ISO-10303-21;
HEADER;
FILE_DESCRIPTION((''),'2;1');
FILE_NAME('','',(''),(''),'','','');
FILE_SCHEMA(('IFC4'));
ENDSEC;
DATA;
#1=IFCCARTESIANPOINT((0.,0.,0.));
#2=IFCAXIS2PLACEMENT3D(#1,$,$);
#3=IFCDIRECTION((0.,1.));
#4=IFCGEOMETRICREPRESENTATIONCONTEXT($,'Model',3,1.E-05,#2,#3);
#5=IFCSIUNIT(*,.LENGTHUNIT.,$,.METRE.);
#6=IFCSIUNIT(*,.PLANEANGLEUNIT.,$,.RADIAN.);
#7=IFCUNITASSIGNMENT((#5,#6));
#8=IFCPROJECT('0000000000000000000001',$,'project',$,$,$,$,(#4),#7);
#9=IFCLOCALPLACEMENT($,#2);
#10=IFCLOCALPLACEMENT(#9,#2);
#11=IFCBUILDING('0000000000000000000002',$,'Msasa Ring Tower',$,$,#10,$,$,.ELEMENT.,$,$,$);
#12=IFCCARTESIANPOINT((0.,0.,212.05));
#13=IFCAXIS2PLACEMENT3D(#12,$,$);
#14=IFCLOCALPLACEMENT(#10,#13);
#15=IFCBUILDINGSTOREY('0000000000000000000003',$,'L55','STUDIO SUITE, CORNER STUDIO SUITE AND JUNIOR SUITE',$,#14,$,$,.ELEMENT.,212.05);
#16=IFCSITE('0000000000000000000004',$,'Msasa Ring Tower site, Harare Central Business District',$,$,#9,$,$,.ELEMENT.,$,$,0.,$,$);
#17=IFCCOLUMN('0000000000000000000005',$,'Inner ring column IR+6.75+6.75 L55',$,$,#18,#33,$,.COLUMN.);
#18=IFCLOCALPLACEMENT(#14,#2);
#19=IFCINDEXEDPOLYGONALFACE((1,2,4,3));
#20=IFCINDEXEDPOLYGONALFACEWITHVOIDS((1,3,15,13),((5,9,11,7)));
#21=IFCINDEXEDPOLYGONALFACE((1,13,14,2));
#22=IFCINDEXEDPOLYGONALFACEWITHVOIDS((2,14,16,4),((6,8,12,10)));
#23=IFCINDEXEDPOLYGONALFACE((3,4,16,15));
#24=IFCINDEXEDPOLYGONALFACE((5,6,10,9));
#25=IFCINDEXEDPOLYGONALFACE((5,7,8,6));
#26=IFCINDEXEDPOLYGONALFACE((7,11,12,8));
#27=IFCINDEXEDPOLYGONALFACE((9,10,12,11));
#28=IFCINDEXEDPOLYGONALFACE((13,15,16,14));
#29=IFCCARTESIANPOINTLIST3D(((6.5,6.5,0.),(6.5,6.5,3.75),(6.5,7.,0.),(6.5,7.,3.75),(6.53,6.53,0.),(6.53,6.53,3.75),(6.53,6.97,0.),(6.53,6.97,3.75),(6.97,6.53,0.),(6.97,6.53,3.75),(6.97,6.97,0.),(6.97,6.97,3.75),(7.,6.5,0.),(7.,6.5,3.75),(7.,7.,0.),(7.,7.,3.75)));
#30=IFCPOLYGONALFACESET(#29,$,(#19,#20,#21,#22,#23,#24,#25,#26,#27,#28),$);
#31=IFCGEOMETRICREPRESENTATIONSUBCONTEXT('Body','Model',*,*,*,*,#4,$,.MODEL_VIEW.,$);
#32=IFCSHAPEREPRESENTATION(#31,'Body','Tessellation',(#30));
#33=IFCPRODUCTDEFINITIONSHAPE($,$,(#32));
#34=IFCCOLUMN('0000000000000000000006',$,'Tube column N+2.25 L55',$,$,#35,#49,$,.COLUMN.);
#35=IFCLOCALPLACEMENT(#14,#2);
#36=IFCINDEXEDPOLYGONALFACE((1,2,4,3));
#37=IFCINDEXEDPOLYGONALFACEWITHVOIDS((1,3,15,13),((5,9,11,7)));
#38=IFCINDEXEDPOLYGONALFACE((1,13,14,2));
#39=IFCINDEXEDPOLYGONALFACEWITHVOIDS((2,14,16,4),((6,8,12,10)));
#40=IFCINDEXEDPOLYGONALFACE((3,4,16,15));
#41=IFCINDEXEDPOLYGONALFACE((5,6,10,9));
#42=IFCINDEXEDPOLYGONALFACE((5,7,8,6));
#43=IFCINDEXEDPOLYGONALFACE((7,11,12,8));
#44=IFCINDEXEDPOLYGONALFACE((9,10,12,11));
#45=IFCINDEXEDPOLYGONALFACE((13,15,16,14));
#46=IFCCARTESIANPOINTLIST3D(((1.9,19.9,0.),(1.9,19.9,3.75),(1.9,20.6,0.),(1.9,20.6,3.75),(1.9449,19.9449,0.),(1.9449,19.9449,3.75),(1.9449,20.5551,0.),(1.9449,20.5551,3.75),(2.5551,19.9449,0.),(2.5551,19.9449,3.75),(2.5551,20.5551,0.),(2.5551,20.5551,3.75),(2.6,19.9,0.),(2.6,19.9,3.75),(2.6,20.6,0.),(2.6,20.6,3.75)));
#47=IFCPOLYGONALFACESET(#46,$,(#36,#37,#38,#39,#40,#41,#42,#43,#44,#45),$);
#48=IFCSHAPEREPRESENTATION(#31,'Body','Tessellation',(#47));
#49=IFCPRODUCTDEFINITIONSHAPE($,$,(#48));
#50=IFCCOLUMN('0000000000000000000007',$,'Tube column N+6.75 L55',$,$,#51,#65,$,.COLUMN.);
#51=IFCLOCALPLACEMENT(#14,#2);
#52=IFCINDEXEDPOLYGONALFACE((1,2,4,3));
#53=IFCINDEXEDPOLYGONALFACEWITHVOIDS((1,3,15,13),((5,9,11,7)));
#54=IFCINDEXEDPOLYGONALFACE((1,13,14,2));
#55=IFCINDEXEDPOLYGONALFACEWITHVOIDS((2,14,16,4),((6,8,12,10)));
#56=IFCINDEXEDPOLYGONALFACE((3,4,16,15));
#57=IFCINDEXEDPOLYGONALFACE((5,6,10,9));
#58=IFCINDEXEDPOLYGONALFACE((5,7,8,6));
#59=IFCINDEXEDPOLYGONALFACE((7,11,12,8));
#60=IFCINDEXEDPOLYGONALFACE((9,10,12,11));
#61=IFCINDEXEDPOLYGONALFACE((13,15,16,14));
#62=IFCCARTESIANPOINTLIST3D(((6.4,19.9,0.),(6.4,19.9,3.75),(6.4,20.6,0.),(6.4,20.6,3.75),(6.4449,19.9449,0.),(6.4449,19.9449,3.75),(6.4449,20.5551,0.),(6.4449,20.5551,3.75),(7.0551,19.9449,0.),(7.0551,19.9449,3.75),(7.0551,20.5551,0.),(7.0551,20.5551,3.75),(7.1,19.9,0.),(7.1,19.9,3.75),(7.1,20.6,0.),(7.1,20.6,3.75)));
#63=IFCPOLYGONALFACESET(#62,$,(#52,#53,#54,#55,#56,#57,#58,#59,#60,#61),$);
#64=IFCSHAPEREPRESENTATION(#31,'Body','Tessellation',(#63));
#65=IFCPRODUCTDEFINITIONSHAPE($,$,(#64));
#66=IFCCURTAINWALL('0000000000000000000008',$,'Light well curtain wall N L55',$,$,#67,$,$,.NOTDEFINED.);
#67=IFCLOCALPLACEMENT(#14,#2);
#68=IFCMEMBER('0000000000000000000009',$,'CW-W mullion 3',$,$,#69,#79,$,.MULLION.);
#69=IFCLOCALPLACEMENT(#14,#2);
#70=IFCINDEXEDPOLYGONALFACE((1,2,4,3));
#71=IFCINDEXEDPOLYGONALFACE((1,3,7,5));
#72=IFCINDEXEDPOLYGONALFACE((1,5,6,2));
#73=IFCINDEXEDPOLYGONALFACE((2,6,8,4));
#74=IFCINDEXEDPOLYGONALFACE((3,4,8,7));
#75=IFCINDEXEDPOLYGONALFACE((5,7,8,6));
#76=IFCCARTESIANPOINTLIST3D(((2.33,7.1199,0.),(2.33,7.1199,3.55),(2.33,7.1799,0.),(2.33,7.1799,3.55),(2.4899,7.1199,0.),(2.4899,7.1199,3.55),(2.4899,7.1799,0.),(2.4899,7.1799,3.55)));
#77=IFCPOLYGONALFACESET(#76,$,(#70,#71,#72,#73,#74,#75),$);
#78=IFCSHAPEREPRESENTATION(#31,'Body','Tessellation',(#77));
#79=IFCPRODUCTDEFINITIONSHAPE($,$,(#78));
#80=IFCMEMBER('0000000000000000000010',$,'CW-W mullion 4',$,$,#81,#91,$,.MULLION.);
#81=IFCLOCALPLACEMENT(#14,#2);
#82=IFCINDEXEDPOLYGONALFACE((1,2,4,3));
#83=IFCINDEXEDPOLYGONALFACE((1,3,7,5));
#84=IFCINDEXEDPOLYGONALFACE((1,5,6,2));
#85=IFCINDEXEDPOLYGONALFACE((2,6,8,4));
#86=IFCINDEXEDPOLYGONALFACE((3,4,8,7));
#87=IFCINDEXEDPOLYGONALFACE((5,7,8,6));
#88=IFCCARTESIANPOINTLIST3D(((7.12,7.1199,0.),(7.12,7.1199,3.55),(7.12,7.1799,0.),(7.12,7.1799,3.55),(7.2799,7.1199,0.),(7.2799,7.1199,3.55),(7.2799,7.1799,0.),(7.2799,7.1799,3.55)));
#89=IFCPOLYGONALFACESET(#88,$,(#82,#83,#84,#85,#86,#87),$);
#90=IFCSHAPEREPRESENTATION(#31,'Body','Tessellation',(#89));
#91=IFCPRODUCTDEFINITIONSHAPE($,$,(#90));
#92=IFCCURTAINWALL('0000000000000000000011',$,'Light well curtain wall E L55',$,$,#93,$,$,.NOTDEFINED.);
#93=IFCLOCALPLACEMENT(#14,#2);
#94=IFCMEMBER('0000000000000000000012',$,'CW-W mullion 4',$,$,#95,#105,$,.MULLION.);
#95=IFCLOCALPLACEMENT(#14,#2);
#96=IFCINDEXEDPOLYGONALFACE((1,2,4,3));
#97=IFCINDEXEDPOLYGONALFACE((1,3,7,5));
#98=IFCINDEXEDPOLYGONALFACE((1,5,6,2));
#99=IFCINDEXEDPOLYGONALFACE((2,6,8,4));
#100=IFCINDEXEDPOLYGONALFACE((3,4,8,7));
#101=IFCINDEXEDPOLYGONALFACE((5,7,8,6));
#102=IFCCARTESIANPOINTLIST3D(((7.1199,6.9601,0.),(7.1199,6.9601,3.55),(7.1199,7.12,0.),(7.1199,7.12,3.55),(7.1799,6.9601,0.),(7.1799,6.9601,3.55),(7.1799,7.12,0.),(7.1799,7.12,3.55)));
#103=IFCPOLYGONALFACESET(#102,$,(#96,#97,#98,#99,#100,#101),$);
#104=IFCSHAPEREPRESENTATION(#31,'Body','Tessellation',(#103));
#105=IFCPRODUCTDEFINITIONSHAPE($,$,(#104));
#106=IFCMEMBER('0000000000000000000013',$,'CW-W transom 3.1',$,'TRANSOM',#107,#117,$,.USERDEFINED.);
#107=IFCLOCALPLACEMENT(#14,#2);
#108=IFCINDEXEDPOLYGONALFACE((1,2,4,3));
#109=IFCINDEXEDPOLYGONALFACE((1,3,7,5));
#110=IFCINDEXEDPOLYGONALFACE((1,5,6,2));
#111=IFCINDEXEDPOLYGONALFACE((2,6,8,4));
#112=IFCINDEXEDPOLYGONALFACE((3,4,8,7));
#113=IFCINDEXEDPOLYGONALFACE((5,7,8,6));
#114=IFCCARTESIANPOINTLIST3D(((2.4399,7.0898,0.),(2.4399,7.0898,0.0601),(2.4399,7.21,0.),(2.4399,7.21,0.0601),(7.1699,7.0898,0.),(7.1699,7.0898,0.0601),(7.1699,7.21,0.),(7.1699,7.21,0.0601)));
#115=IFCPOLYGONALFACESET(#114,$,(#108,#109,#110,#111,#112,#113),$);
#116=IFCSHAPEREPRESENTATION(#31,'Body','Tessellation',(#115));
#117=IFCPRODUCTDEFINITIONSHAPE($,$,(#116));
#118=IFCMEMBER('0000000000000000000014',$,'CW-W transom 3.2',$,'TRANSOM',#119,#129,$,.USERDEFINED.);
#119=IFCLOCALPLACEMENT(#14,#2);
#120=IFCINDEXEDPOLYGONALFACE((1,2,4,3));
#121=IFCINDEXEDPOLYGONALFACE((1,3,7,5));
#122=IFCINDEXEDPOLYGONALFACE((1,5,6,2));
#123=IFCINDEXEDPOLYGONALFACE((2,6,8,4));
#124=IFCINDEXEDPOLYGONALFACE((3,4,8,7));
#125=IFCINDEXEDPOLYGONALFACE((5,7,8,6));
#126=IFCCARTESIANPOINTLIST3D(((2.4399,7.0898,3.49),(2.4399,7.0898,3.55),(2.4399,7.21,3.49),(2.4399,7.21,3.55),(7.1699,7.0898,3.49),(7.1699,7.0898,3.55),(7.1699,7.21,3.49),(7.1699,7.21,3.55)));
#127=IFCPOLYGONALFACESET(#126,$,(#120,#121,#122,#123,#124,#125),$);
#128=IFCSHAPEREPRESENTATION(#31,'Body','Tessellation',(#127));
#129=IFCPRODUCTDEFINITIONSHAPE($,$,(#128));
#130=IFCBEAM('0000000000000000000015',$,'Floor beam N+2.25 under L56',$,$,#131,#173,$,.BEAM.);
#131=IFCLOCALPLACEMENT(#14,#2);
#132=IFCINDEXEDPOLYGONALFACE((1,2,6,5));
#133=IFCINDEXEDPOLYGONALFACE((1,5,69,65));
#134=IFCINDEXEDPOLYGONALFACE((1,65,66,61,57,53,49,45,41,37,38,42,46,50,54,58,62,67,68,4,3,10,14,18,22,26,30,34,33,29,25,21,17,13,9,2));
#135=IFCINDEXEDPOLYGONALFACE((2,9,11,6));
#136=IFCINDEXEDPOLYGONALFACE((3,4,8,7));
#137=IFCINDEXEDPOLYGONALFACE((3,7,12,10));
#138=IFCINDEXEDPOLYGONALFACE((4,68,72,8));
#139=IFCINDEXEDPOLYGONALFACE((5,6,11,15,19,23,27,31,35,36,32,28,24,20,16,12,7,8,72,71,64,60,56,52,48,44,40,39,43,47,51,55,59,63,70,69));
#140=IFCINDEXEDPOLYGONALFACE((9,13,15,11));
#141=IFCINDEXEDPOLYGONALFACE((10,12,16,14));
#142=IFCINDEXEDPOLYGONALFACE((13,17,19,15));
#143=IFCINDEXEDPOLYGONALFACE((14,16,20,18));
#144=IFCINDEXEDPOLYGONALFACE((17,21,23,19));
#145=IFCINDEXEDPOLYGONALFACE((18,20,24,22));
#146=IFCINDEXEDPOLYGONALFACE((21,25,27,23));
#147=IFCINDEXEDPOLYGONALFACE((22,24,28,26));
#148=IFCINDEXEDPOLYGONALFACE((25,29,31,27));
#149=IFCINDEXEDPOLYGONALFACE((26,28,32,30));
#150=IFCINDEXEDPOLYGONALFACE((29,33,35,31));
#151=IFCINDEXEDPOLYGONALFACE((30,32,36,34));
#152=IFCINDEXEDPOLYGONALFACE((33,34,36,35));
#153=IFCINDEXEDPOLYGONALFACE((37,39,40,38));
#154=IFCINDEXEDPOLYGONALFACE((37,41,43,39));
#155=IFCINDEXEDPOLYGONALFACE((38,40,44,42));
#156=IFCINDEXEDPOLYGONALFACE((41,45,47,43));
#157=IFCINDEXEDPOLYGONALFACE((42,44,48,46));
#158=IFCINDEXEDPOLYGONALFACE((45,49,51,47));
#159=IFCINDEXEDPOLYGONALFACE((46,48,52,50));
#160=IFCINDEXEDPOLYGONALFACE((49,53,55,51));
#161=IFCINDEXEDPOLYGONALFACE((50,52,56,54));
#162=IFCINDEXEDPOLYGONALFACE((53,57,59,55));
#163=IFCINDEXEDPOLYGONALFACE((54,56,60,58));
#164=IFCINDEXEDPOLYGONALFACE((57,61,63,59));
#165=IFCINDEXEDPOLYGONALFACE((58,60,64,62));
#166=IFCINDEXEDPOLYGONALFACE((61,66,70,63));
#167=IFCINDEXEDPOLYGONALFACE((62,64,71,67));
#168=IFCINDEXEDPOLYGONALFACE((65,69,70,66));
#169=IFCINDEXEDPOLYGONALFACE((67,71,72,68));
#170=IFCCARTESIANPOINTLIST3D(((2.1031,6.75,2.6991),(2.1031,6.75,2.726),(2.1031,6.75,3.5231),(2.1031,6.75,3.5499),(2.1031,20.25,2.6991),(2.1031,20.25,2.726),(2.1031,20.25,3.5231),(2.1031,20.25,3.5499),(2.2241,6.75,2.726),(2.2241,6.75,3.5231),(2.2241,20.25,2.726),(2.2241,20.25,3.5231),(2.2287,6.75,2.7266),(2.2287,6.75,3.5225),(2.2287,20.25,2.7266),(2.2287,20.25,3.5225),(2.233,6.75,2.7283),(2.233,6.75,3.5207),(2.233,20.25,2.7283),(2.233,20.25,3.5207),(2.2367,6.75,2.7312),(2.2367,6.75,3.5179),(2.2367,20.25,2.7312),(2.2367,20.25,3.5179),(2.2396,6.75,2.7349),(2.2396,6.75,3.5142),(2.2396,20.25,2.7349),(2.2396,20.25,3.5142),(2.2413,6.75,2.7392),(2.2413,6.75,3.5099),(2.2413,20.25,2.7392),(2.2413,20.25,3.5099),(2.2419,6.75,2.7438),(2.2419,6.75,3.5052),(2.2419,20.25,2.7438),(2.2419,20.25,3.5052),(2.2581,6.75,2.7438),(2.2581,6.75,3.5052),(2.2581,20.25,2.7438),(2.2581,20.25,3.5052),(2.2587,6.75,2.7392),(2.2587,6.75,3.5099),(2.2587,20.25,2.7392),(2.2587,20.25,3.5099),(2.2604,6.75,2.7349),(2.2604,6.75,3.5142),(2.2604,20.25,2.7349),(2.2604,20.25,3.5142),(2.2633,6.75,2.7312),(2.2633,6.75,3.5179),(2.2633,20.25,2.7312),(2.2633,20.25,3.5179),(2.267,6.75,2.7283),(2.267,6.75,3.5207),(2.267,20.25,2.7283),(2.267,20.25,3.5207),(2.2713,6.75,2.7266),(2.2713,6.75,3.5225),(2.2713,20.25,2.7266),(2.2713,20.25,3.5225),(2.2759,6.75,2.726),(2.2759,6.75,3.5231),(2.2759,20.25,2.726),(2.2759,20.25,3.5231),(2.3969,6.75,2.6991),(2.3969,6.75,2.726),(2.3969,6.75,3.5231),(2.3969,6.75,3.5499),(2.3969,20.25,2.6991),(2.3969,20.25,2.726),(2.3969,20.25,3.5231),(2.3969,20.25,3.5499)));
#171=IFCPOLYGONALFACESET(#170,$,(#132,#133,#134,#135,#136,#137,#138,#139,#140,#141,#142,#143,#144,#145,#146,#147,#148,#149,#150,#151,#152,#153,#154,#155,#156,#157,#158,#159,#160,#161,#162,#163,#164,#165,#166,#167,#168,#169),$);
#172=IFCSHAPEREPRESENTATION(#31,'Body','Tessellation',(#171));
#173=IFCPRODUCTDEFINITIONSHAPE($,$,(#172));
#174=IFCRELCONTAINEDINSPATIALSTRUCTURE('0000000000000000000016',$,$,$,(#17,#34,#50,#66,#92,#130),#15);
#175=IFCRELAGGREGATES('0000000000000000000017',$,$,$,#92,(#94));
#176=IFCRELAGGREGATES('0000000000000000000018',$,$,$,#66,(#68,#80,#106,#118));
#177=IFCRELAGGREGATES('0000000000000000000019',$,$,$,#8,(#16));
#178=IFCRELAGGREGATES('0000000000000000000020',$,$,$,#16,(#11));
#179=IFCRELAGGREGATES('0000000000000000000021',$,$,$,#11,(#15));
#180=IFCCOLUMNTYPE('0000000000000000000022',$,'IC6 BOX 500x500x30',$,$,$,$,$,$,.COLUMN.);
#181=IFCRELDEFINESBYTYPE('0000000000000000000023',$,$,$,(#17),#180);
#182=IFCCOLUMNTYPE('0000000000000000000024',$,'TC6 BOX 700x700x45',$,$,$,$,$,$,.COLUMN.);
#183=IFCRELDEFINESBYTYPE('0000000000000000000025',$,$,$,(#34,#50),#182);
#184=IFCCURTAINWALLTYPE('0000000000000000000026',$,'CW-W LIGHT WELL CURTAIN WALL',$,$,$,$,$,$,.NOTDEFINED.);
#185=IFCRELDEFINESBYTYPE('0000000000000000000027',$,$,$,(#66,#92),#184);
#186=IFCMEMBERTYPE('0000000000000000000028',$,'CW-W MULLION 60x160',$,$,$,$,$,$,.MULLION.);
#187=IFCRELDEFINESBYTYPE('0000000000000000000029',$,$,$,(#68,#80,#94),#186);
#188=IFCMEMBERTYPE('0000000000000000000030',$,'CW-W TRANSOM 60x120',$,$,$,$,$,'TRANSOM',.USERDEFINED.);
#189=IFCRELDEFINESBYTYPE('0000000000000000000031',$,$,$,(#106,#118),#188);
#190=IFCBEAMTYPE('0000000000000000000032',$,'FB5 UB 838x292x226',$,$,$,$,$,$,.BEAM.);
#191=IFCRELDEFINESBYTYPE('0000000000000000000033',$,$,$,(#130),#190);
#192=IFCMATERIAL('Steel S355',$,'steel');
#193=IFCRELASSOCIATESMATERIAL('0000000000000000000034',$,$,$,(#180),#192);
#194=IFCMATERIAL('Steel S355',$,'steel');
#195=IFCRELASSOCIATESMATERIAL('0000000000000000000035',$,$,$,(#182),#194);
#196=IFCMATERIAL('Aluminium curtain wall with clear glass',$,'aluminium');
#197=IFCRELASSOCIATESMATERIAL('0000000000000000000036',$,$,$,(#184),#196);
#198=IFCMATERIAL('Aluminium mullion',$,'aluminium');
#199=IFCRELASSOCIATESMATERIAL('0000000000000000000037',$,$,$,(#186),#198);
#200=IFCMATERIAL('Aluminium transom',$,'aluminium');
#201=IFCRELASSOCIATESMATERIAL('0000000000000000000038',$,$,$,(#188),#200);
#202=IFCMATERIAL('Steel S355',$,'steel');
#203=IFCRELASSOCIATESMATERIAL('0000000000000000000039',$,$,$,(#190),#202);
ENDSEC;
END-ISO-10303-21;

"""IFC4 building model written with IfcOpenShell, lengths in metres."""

from ifc_helpers import new_model, si_unit, direction, frame, origin, origin_2d, place, context, subcontext, project, spatial, rectangle, hollow_rectangle, i_section, extrude, material, material_profile, profile_set, type_object, element, aggregate, save


model = new_model("IFC4")

# Units and contexts
model_context = context("Model", 3, precision=1e-05, world=origin(), true_north=direction((0.0, 1.0)))
body_context = subcontext(model_context, "Body", "Model", "MODEL_VIEW")
ifc_project = project(units=[si_unit("LENGTHUNIT", "METRE"), si_unit("PLANEANGLEUNIT", "RADIAN")], contexts=[model_context])

# Site, building, storey
site_placement = place(None, origin())
site = spatial("IfcSite", under=ifc_project, at=site_placement, Name="Msasa Ring Tower site, Harare Central Business District", CompositionType="ELEMENT", RefElevation=0.0)
building_placement = place(site_placement, origin())
building = spatial("IfcBuilding", under=site, at=building_placement, Name="Msasa Ring Tower", CompositionType="ELEMENT")
storey_placement = place(building_placement, frame((0.0, 0.0, 212.05)))
storey = spatial("IfcBuildingStorey", under=building, at=storey_placement, Name="L55", Description="STUDIO SUITE, CORNER STUDIO SUITE AND JUNIOR SUITE", CompositionType="ELEMENT", Elevation=212.05)

# Columns
ifc_material_1 = material(Name="Steel S355", Category="steel")
ifc_material_profile_1 = material_profile(ifc_material_1, hollow_rectangle(XDim=0.5, YDim=0.5, WallThickness=0.03, at=origin_2d()), Name="BOX 500x500x30")
ifc_profile_set_1 = profile_set([ifc_material_profile_1], Name="Steel S355")
column_type_1 = type_object("IfcColumnType", Name="IC6 BOX 500x500x30", PredefinedType="COLUMN", material=ifc_profile_set_1)
column_placement = place(storey_placement, frame((6.75, 6.75, 0.0), z_axis=(0.0, 0.0, 1.0), x_axis=(1.0, 0.0, 0.0)))
element("IfcColumn", 1, at=column_placement, inside=storey, type_object=column_type_1, Name="Inner ring column IR+6.75+6.75 L55", PredefinedType="COLUMN", context=body_context, shape_type="SweptSolid", body=[
    extrude(hollow_rectangle(XDim=0.5, YDim=0.5, WallThickness=0.03, at=origin_2d()), origin(), (0.0, 0.0, 1.0), 3.75),
])
ifc_material_2 = material(Name="Steel S355", Category="steel")
ifc_material_profile_2 = material_profile(ifc_material_2, hollow_rectangle(XDim=0.7, YDim=0.7, WallThickness=0.0449, at=origin_2d()), Name="BOX 700x700x45")
ifc_profile_set_2 = profile_set([ifc_material_profile_2], Name="Steel S355")
column_type_2 = type_object("IfcColumnType", Name="TC6 BOX 700x700x45", PredefinedType="COLUMN", material=ifc_profile_set_2)
for number, where, z_axis, x_axis, name in (
    (2, (2.25, 20.25, 0.0), (0.0, 0.0, 1.0), (0.0, 1.0, 0.0), "Tube column N+2.25 L55"),
    (3, (6.75, 20.25, 0.0), (0.0, 0.0, 1.0), (0.0, 1.0, 0.0), "Tube column N+6.75 L55"),
):
    element("IfcColumn", number, at=place(storey_placement, frame(where, z_axis=z_axis, x_axis=x_axis)), inside=storey, type_object=column_type_2, Name=name, PredefinedType="COLUMN", context=body_context, shape_type="SweptSolid", body=[
        extrude(hollow_rectangle(XDim=0.7, YDim=0.7, WallThickness=0.0449, at=origin_2d()), origin(), (0.0, 0.0, 1.0), 3.75),
    ])

# Curtain wall, members
ifc_material_3 = material(Name="Aluminium curtain wall with clear glass", Category="aluminium")
curtain_wall_type = type_object("IfcCurtainWallType", Name="CW-W LIGHT WELL CURTAIN WALL", PredefinedType="NOTDEFINED", material=ifc_material_3)
curtain_wall_1_placement = place(storey_placement, origin())
curtain_wall_1 = element("IfcCurtainWall", 4, at=curtain_wall_1_placement, inside=storey, type_object=curtain_wall_type, Name="Light well curtain wall N L55", PredefinedType="NOTDEFINED")
ifc_material_4 = material(Name="Aluminium mullion", Category="aluminium")
ifc_material_profile_3 = material_profile(ifc_material_4, rectangle(XDim=0.0601, YDim=0.1599, at=origin_2d()), Name="AL 60x160")
ifc_profile_set_3 = profile_set([ifc_material_profile_3], Name="Aluminium mullion")
member_type_1 = type_object("IfcMemberType", Name="CW-W MULLION 60x160", PredefinedType="MULLION", material=ifc_profile_set_3)
member_1_placement = place(storey_placement, frame((2.4099, 7.1499, 0.0), z_axis=(0.0, 0.0, 1.0), x_axis=(0.0, 1.0, 0.0)))
member_1 = element("IfcMember", 5, at=member_1_placement, type_object=member_type_1, Name="CW-W mullion 3", PredefinedType="MULLION", context=body_context, shape_type="SweptSolid", body=[
    extrude(rectangle(XDim=0.0601, YDim=0.1599, at=origin_2d()), origin(), (0.0, 0.0, 1.0), 3.55),
])
member_2_placement = place(storey_placement, frame((7.2, 7.1499, 0.0), z_axis=(0.0, 0.0, 1.0), x_axis=(0.0, 1.0, 0.0)))
member_2 = element("IfcMember", 6, at=member_2_placement, type_object=member_type_1, Name="CW-W mullion 4", PredefinedType="MULLION", context=body_context, shape_type="SweptSolid", body=[
    extrude(rectangle(XDim=0.0601, YDim=0.1599, at=origin_2d()), origin(), (0.0, 0.0, 1.0), 3.55),
])

# Curtain wall, member
curtain_wall_2_placement = place(storey_placement, origin())
curtain_wall_2 = element("IfcCurtainWall", 7, at=curtain_wall_2_placement, inside=storey, type_object=curtain_wall_type, Name="Light well curtain wall E L55", PredefinedType="NOTDEFINED")
member_3_placement = place(storey_placement, frame((7.1499, 7.04, 0.0), z_axis=(0.0, 0.0, 1.0), x_axis=(-1.0, 0.0, 0.0)))
member_3 = element("IfcMember", 8, at=member_3_placement, type_object=member_type_1, Name="CW-W mullion 4", PredefinedType="MULLION", context=body_context, shape_type="SweptSolid", body=[
    extrude(rectangle(XDim=0.0601, YDim=0.1599, at=origin_2d()), origin(), (0.0, 0.0, 1.0), 3.55),
])
aggregate(curtain_wall_2, [member_3])

# Members
ifc_material_5 = material(Name="Aluminium transom", Category="aluminium")
ifc_material_profile_4 = material_profile(ifc_material_5, rectangle(XDim=0.1201, YDim=0.0601, at=origin_2d()), Name="AL 60x120")
ifc_profile_set_4 = profile_set([ifc_material_profile_4], Name="Aluminium transom")
member_type_2 = type_object("IfcMemberType", Name="CW-W TRANSOM 60x120", ElementType="TRANSOM", PredefinedType="USERDEFINED", material=ifc_profile_set_4)
member_4_placement = place(storey_placement, frame((2.4399, 7.1499, 0.03), z_axis=(1.0, 0.0, 0.0), x_axis=(0.0, 1.0, 0.0)))
member_4 = element("IfcMember", 9, at=member_4_placement, type_object=member_type_2, Name="CW-W transom 3.1", ObjectType="TRANSOM", PredefinedType="USERDEFINED", context=body_context, shape_type="SweptSolid", body=[
    extrude(rectangle(XDim=0.1201, YDim=0.0601, at=origin_2d()), origin(), (0.0, 0.0, 1.0), 4.73),
])
member_5_placement = place(storey_placement, frame((2.4399, 7.1499, 3.52), z_axis=(1.0, 0.0, 0.0), x_axis=(0.0, 1.0, 0.0)))
member_5 = element("IfcMember", 10, at=member_5_placement, type_object=member_type_2, Name="CW-W transom 3.2", ObjectType="TRANSOM", PredefinedType="USERDEFINED", context=body_context, shape_type="SweptSolid", body=[
    extrude(rectangle(XDim=0.1201, YDim=0.0601, at=origin_2d()), origin(), (0.0, 0.0, 1.0), 4.73),
])

# Beam
ifc_material_6 = material(Name="Steel S355", Category="steel")
ifc_material_profile_5 = material_profile(ifc_material_6, i_section(OverallWidth=0.2937, OverallDepth=0.8508, WebThickness=0.0161, FlangeThickness=0.0269, FilletRadius=0.0178, at=origin_2d()), Name="UB 838x292x226")
ifc_profile_set_5 = profile_set([ifc_material_profile_5], Name="Steel S355")
beam_type_1 = type_object("IfcBeamType", Name="FB5 UB 838x292x226", PredefinedType="BEAM", material=ifc_profile_set_5)
for number, where, z_axis, x_axis, name in (
    (11, (2.25, 20.25, 3.1245), (0.0, -1.0, 0.0), (1.0, 0.0, 0.0), "Floor beam N+2.25 under L56"),
):
    element("IfcBeam", number, at=place(storey_placement, frame(where, z_axis=z_axis, x_axis=x_axis)), inside=storey, type_object=beam_type_1, Name=name, PredefinedType="BEAM", context=body_context, shape_type="SweptSolid", body=[
        extrude(i_section(OverallWidth=0.2937, OverallDepth=0.8508, WebThickness=0.0161, FlangeThickness=0.0269, FilletRadius=0.0178, at=origin_2d()), origin(), (0.0, 0.0, 1.0), 13.5),
    ])

aggregate(curtain_wall_1, [member_1, member_2, member_4, member_5])

save(model, "model.ifc")
